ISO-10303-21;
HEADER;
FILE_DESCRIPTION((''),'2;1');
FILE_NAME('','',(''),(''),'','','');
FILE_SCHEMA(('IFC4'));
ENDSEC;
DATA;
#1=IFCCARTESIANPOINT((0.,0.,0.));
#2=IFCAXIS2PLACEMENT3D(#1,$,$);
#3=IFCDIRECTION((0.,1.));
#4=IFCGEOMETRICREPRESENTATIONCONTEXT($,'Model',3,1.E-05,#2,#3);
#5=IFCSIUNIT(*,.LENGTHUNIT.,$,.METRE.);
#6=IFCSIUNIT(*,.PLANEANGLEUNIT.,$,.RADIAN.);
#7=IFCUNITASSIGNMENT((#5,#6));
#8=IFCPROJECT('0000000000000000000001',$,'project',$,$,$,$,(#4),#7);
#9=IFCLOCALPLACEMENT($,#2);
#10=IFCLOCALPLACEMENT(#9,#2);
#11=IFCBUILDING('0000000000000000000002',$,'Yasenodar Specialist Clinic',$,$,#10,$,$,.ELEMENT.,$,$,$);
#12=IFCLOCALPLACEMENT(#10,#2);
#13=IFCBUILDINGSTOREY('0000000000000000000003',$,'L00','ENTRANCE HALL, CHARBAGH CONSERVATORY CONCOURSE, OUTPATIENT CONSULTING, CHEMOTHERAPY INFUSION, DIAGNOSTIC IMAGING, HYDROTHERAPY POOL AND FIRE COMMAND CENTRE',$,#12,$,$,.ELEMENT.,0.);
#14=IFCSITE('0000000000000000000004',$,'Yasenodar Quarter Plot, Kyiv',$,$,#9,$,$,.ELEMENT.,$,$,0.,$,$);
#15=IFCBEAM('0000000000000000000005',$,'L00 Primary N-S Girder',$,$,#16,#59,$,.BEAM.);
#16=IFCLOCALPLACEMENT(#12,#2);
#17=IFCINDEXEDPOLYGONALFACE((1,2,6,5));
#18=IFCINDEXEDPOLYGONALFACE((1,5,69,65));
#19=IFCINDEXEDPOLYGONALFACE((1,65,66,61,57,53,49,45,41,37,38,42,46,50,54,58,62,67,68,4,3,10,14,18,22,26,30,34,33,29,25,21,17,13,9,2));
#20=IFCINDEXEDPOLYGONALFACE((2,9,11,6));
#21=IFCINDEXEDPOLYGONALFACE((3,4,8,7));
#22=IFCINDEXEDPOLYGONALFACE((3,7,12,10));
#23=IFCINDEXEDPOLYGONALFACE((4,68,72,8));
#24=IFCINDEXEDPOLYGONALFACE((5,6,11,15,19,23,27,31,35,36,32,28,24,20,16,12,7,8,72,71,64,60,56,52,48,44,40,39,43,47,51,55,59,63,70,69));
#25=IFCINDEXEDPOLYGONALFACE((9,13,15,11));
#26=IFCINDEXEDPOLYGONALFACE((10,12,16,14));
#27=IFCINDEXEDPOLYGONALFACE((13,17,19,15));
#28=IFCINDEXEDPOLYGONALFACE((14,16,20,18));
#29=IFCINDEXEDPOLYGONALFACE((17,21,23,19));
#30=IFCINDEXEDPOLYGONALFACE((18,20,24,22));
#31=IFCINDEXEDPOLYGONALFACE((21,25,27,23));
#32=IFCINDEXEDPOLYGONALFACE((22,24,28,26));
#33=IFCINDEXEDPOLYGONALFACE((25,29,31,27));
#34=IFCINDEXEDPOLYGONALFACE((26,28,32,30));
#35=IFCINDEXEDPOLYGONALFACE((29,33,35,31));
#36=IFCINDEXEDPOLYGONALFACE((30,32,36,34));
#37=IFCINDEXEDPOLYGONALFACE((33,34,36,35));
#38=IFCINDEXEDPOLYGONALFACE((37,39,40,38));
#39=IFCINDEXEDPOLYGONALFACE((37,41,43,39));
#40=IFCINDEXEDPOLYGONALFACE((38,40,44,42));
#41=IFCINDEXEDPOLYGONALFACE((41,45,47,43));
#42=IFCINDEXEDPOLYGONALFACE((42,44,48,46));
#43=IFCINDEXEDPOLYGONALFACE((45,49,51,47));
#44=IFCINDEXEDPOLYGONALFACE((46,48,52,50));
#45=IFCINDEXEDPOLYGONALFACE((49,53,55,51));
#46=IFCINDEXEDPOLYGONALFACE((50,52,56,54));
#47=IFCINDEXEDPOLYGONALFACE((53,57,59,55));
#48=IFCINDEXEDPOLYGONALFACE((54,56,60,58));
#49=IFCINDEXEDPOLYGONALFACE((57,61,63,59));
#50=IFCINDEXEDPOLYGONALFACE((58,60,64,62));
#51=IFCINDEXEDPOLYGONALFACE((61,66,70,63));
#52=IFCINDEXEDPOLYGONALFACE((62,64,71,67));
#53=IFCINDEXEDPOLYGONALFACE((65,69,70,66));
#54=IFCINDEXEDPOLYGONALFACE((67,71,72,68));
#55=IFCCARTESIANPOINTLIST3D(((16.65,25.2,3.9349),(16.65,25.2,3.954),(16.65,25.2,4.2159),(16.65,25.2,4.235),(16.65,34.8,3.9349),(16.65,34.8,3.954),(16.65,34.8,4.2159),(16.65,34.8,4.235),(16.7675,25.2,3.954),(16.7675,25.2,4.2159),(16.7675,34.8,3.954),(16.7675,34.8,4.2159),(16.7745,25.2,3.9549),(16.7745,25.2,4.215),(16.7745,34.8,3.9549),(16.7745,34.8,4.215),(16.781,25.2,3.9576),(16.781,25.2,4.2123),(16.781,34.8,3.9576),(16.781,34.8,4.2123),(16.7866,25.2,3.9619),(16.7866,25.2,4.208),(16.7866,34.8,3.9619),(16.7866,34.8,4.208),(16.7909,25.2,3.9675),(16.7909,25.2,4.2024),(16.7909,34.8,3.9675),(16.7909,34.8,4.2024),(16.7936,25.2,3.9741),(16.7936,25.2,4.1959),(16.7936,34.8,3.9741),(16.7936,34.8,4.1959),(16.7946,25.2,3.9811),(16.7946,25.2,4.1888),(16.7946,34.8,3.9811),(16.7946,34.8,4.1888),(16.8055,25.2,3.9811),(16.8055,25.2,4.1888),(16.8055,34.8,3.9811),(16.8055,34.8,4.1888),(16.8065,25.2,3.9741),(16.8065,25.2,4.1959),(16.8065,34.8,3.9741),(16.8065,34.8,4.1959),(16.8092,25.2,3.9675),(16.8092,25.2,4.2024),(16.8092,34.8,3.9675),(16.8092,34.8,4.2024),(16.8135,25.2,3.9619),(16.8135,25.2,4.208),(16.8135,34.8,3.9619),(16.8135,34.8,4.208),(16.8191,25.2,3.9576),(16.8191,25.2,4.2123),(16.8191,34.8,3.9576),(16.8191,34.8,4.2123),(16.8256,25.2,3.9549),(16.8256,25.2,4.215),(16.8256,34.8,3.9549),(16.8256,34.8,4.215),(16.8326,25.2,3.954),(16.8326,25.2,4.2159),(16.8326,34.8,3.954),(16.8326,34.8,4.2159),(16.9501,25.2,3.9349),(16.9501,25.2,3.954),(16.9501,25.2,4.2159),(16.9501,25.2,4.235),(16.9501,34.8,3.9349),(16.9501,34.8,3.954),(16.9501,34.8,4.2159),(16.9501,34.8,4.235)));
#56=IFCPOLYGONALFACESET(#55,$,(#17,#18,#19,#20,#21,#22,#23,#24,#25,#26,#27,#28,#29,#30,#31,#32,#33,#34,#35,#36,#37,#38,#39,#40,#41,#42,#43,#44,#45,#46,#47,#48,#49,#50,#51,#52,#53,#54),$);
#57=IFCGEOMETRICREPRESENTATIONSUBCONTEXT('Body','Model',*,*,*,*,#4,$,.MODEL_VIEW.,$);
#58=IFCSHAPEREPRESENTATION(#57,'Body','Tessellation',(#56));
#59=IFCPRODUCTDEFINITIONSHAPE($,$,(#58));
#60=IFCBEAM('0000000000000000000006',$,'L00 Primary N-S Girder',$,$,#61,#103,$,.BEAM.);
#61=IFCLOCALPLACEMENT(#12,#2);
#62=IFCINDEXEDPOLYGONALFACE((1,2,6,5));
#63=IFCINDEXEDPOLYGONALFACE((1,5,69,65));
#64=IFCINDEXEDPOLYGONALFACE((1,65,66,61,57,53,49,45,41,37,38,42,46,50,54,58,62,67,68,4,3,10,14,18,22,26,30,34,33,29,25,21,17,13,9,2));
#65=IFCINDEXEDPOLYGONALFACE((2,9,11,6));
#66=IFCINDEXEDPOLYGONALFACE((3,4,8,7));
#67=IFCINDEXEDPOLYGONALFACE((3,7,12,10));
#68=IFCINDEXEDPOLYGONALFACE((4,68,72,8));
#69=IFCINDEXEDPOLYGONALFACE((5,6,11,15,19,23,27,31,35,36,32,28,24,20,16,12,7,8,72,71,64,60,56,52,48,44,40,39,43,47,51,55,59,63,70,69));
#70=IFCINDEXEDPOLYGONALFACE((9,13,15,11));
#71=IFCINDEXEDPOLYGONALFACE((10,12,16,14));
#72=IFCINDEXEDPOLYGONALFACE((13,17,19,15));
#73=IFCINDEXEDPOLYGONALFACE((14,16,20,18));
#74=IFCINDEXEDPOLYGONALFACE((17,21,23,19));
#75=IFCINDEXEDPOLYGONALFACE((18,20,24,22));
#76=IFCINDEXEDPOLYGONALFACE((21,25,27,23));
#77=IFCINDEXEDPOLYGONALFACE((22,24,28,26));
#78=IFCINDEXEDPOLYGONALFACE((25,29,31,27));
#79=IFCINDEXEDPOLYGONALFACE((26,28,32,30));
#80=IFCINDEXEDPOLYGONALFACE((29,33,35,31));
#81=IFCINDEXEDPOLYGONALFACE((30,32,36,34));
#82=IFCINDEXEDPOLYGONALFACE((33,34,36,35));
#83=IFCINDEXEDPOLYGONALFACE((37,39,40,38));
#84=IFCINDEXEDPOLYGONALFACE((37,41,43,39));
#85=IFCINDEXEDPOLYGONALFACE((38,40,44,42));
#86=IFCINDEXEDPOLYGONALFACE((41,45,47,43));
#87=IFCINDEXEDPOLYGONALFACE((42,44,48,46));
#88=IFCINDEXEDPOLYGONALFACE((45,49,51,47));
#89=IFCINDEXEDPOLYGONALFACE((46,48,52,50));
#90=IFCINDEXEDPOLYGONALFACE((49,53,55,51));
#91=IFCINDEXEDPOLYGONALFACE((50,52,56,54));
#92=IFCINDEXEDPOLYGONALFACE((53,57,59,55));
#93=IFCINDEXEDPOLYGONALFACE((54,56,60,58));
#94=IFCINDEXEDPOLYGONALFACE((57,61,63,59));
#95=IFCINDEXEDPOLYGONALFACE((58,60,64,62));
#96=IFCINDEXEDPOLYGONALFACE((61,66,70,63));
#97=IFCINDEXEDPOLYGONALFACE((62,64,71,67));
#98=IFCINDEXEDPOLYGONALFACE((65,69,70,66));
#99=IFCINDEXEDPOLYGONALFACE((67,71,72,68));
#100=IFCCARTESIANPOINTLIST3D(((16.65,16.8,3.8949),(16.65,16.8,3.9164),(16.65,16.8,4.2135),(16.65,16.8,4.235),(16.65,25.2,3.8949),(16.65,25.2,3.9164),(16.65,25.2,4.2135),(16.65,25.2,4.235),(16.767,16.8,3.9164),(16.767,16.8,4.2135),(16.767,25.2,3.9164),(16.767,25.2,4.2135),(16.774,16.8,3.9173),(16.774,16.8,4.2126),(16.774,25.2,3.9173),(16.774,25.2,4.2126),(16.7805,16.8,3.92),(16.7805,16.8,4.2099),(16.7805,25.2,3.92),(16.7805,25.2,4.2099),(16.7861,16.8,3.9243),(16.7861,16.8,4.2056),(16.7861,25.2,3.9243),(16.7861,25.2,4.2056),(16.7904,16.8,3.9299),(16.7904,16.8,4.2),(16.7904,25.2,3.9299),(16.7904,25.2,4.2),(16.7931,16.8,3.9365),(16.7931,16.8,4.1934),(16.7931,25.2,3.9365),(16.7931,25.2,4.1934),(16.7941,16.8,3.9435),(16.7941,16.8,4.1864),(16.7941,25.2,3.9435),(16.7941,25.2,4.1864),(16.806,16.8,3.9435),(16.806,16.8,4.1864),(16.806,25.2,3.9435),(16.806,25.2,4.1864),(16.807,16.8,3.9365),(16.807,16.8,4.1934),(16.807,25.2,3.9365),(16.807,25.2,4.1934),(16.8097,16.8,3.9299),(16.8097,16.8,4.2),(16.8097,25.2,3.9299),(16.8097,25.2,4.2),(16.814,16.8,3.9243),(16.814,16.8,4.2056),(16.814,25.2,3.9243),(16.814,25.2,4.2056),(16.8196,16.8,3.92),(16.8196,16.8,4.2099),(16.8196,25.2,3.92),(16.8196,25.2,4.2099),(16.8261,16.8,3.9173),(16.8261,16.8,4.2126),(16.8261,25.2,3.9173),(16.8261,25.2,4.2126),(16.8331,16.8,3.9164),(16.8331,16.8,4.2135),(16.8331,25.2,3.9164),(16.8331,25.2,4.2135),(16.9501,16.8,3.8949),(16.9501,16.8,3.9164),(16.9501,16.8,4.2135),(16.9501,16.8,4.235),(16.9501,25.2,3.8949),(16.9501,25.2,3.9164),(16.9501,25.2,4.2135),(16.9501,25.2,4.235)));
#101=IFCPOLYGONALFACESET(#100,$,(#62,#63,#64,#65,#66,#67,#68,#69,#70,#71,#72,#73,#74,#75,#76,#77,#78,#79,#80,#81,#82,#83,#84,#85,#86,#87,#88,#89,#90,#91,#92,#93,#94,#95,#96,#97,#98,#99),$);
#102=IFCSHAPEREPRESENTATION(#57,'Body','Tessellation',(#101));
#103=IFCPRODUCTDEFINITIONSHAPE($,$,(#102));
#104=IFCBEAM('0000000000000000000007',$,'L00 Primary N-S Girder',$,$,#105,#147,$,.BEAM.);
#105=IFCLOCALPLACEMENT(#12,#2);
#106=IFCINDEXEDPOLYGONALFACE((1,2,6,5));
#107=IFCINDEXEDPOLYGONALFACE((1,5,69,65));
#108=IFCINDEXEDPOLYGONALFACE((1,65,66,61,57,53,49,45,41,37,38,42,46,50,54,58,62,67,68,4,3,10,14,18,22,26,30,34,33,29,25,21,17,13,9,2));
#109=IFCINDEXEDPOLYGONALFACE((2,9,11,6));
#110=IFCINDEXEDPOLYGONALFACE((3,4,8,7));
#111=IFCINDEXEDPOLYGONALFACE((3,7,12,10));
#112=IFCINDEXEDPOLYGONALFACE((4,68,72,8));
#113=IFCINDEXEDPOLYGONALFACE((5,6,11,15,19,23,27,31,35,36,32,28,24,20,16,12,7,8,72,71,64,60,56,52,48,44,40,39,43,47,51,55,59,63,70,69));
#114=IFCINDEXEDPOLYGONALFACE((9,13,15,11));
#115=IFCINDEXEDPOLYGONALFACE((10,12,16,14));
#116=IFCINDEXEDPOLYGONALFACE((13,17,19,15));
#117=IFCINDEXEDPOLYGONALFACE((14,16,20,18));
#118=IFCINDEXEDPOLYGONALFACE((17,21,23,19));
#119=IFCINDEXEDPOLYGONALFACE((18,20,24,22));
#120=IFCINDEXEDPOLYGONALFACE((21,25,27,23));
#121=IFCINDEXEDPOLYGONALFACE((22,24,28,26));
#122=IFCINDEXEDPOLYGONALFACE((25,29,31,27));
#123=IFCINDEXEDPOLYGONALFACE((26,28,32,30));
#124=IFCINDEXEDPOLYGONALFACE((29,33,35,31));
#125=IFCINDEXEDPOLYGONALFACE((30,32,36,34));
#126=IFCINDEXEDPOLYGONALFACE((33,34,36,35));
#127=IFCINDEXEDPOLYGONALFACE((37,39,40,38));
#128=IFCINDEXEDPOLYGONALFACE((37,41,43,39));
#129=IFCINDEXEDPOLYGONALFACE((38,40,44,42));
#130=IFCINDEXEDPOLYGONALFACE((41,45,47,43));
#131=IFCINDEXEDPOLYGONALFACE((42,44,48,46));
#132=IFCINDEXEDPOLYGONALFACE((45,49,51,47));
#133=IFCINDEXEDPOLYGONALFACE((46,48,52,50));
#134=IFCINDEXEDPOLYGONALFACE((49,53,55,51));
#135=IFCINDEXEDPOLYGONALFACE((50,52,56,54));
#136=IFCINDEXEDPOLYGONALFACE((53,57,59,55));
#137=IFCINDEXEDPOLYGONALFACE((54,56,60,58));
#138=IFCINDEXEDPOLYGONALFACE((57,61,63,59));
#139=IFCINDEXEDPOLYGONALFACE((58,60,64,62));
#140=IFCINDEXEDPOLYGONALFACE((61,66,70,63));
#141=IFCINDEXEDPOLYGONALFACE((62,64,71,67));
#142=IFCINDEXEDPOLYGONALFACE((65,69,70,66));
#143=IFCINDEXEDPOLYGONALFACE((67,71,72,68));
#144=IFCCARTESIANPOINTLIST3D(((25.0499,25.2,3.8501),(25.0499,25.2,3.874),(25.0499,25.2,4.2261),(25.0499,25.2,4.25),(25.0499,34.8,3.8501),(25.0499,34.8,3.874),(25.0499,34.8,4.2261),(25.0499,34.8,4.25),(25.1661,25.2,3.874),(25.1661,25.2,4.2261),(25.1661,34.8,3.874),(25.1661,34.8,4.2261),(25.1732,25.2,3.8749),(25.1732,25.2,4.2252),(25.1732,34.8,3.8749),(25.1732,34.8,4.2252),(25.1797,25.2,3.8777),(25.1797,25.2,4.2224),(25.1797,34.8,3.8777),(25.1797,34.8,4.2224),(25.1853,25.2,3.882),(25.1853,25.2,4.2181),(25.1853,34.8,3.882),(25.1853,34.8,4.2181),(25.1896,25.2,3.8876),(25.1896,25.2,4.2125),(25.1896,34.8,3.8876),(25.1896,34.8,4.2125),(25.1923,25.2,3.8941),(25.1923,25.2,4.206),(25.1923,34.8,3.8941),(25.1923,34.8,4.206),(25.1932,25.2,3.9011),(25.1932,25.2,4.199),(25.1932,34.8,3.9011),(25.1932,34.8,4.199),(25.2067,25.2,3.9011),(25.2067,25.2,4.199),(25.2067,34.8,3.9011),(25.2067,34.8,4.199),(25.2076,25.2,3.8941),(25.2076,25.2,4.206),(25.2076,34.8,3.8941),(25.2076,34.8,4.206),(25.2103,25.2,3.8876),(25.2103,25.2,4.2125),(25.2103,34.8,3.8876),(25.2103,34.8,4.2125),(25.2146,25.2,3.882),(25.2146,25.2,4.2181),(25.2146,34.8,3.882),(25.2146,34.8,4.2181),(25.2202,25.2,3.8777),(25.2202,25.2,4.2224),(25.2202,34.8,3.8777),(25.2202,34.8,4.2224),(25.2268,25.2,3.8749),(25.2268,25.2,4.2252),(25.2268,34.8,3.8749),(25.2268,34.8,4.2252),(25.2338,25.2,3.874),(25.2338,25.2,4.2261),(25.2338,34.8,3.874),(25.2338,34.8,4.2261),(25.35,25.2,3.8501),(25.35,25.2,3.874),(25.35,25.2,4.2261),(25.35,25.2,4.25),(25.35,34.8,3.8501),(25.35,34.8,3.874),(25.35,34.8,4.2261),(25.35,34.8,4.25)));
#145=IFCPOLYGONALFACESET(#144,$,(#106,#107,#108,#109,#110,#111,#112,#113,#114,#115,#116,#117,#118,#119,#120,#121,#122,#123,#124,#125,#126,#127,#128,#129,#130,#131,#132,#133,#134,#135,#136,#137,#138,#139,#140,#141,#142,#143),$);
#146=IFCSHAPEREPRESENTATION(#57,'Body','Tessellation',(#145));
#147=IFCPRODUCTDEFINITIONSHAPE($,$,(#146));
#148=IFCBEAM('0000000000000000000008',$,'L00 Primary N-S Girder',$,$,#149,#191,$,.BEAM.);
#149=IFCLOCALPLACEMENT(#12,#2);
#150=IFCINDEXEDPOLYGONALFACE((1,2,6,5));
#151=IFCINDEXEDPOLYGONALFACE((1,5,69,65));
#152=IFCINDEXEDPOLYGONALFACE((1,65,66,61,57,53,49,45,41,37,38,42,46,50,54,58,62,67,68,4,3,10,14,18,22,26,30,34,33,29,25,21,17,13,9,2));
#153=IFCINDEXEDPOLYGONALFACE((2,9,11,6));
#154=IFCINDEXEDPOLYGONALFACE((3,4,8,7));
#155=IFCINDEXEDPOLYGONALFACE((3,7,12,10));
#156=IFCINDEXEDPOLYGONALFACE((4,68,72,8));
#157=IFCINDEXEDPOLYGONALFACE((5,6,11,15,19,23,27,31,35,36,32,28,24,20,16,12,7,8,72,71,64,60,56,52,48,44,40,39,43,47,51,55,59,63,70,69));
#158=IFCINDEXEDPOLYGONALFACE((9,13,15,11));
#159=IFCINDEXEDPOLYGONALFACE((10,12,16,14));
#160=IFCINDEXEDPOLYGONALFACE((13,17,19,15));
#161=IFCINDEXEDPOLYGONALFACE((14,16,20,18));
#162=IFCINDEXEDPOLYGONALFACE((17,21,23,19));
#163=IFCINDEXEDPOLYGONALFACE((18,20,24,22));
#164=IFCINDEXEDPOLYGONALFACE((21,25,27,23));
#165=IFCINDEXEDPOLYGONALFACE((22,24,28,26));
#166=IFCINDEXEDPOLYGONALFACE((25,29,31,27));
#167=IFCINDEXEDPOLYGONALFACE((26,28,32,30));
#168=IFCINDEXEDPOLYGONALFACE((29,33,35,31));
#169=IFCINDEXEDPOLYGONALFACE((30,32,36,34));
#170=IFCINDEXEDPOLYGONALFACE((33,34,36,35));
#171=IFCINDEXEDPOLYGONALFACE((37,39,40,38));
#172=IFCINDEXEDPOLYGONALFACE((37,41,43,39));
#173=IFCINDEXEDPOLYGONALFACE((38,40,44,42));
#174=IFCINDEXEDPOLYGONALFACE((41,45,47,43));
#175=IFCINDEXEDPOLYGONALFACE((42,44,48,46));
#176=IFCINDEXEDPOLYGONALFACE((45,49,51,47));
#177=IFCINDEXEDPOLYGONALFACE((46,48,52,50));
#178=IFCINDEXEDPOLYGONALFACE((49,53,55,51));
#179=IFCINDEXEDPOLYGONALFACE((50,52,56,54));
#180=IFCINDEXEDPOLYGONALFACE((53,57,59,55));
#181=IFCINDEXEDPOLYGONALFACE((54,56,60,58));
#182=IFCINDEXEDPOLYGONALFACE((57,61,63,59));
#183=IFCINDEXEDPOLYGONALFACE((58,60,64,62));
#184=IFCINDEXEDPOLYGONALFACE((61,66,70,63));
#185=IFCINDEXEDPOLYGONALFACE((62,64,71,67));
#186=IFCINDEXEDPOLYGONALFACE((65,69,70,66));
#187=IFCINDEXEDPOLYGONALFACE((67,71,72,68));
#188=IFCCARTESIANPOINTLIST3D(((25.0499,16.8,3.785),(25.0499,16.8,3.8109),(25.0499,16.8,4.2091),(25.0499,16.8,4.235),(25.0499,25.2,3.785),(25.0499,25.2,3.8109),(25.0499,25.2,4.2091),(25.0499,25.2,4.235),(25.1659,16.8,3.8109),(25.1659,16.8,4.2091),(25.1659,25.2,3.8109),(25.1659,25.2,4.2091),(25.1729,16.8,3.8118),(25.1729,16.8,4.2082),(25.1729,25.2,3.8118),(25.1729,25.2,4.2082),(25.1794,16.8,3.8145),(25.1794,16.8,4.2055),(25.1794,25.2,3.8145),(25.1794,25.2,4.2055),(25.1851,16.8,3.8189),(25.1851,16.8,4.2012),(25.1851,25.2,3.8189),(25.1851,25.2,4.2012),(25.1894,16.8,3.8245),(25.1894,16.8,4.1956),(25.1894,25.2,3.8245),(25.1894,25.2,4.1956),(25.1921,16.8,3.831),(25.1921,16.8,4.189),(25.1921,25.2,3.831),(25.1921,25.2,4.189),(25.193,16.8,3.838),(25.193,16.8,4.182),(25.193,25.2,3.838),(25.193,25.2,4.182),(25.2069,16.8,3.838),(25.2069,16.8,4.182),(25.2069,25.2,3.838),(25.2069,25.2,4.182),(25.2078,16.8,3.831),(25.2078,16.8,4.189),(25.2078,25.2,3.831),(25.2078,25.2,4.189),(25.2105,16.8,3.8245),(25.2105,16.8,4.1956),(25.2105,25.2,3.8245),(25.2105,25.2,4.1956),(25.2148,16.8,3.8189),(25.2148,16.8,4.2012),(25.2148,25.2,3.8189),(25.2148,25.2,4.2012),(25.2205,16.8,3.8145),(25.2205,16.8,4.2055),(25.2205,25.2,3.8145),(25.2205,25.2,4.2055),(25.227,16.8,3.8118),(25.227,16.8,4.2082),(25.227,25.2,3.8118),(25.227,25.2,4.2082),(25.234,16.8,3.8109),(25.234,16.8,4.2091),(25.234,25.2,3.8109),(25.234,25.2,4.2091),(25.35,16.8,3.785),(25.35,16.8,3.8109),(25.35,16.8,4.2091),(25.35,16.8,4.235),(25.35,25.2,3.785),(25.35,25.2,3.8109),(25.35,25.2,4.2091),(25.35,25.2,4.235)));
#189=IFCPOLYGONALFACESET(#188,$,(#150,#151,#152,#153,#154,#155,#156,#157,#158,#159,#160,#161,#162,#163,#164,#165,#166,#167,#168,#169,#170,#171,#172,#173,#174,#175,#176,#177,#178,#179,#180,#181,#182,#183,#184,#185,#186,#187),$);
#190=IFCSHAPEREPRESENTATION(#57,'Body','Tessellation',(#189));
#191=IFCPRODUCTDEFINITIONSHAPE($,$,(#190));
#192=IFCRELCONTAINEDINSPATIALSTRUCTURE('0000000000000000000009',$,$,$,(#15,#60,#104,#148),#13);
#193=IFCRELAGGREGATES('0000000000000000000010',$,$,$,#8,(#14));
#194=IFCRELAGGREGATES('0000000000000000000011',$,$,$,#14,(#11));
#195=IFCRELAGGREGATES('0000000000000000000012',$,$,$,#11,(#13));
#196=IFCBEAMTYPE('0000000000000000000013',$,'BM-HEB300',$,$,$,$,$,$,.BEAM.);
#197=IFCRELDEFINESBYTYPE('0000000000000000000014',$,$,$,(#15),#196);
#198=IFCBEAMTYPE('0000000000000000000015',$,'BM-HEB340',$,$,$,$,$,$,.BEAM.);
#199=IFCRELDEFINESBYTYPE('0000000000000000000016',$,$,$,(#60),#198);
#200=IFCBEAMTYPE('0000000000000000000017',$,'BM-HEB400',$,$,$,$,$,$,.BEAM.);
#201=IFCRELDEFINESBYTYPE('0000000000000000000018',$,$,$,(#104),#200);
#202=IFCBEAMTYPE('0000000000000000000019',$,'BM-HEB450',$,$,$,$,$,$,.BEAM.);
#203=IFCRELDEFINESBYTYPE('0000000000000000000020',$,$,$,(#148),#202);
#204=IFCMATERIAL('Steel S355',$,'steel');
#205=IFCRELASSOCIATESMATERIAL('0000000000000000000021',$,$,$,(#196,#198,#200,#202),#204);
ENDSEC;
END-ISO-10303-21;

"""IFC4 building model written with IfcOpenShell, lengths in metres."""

from ifc_helpers import new_model, si_unit, direction, frame, origin, origin_2d, place, context, subcontext, project, spatial, i_section, extrude, material, material_profile, profile_set, type_object, element, save


model = new_model("IFC4")

# Units and contexts
model_context = context("Model", 3, precision=1e-05, world=origin(), true_north=direction((0.0, 1.0)))
body_context = subcontext(model_context, "Body", "Model", "MODEL_VIEW")
ifc_project = project(units=[si_unit("LENGTHUNIT", "METRE"), si_unit("PLANEANGLEUNIT", "RADIAN")], contexts=[model_context])

# Site, building, storey
site_placement = place(None, origin())
site = spatial("IfcSite", under=ifc_project, at=site_placement, Name="Yasenodar Quarter Plot, Kyiv", CompositionType="ELEMENT", RefElevation=0.0)
building_placement = place(site_placement, origin())
building = spatial("IfcBuilding", under=site, at=building_placement, Name="Yasenodar Specialist Clinic", CompositionType="ELEMENT")
storey_placement = place(building_placement, origin())
storey = spatial("IfcBuildingStorey", under=building, at=storey_placement, Name="L00", Description="ENTRANCE HALL, CHARBAGH CONSERVATORY CONCOURSE, OUTPATIENT CONSULTING, CHEMOTHERAPY INFUSION, DIAGNOSTIC IMAGING, HYDROTHERAPY POOL AND FIRE COMMAND CENTRE", CompositionType="ELEMENT", Elevation=0.0)

# Shared definitions
ifc_material_1 = material(Name="Steel S355", Category="steel")

# Beams
ifc_material_profile_1 = material_profile(ifc_material_1, i_section(OverallWidth=0.3, OverallDepth=0.3, WebThickness=0.011, FlangeThickness=0.019, FilletRadius=0.0271, at=origin_2d()), Name="HEB 300")
ifc_profile_set_1 = profile_set([ifc_material_profile_1], Name="Steel S355")
beam_type_1 = type_object("IfcBeamType", Name="BM-HEB300", PredefinedType="BEAM", material=ifc_profile_set_1)
beam_1_placement = place(storey_placement, frame((16.8, 25.2, 4.085), z_axis=(0.0, 1.0, 0.0), x_axis=(-1.0, 0.0, 0.0)))
element("IfcBeam", 1, at=beam_1_placement, inside=storey, type_object=beam_type_1, Name="L00 Primary N-S Girder", PredefinedType="BEAM", context=body_context, shape_type="SweptSolid", body=[
    extrude(i_section(OverallWidth=0.3, OverallDepth=0.3, WebThickness=0.011, FlangeThickness=0.019, FilletRadius=0.0271, at=origin_2d()), origin(), (0.0, 0.0, 1.0), 9.6001),
])
ifc_material_profile_2 = material_profile(ifc_material_1, i_section(OverallWidth=0.3, OverallDepth=0.3401, WebThickness=0.012, FlangeThickness=0.0215, FilletRadius=0.0271, at=origin_2d()), Name="HEB 340")
ifc_profile_set_2 = profile_set([ifc_material_profile_2], Name="Steel S355")
beam_type_2 = type_object("IfcBeamType", Name="BM-HEB340", PredefinedType="BEAM", material=ifc_profile_set_2)
beam_2_placement = place(storey_placement, frame((16.8, 16.8, 4.0649), z_axis=(0.0, 1.0, 0.0), x_axis=(-1.0, 0.0, 0.0)))
element("IfcBeam", 2, at=beam_2_placement, inside=storey, type_object=beam_type_2, Name="L00 Primary N-S Girder", PredefinedType="BEAM", context=body_context, shape_type="SweptSolid", body=[
    extrude(i_section(OverallWidth=0.3, OverallDepth=0.3401, WebThickness=0.012, FlangeThickness=0.0215, FilletRadius=0.0271, at=origin_2d()), origin(), (0.0, 0.0, 1.0), 8.3999),
])
ifc_material_profile_3 = material_profile(ifc_material_1, i_section(OverallWidth=0.3, OverallDepth=0.3999, WebThickness=0.0134, FlangeThickness=0.0239, FilletRadius=0.0271, at=origin_2d()), Name="HEB 400")
ifc_profile_set_3 = profile_set([ifc_material_profile_3], Name="Steel S355")
beam_type_3 = type_object("IfcBeamType", Name="BM-HEB400", PredefinedType="BEAM", material=ifc_profile_set_3)
beam_3_placement = place(storey_placement, frame((25.2, 25.2, 4.05), z_axis=(0.0, 1.0, 0.0), x_axis=(-1.0, 0.0, 0.0)))
element("IfcBeam", 3, at=beam_3_placement, inside=storey, type_object=beam_type_3, Name="L00 Primary N-S Girder", PredefinedType="BEAM", context=body_context, shape_type="SweptSolid", body=[
    extrude(i_section(OverallWidth=0.3, OverallDepth=0.3999, WebThickness=0.0134, FlangeThickness=0.0239, FilletRadius=0.0271, at=origin_2d()), origin(), (0.0, 0.0, 1.0), 9.6001),
])
ifc_material_profile_4 = material_profile(ifc_material_1, i_section(OverallWidth=0.3, OverallDepth=0.45, WebThickness=0.0139, FlangeThickness=0.0259, FilletRadius=0.0271, at=origin_2d()), Name="HEB 450")
ifc_profile_set_4 = profile_set([ifc_material_profile_4], Name="Steel S355")
beam_type_4 = type_object("IfcBeamType", Name="BM-HEB450", PredefinedType="BEAM", material=ifc_profile_set_4)
beam_4_placement = place(storey_placement, frame((25.2, 16.8, 4.01), z_axis=(0.0, 1.0, 0.0), x_axis=(-1.0, 0.0, 0.0)))
element("IfcBeam", 4, at=beam_4_placement, inside=storey, type_object=beam_type_4, Name="L00 Primary N-S Girder", PredefinedType="BEAM", context=body_context, shape_type="SweptSolid", body=[
    extrude(i_section(OverallWidth=0.3, OverallDepth=0.45, WebThickness=0.0139, FlangeThickness=0.0259, FilletRadius=0.0271, at=origin_2d()), origin(), (0.0, 0.0, 1.0), 8.3999),
])

save(model, "model.ifc")
